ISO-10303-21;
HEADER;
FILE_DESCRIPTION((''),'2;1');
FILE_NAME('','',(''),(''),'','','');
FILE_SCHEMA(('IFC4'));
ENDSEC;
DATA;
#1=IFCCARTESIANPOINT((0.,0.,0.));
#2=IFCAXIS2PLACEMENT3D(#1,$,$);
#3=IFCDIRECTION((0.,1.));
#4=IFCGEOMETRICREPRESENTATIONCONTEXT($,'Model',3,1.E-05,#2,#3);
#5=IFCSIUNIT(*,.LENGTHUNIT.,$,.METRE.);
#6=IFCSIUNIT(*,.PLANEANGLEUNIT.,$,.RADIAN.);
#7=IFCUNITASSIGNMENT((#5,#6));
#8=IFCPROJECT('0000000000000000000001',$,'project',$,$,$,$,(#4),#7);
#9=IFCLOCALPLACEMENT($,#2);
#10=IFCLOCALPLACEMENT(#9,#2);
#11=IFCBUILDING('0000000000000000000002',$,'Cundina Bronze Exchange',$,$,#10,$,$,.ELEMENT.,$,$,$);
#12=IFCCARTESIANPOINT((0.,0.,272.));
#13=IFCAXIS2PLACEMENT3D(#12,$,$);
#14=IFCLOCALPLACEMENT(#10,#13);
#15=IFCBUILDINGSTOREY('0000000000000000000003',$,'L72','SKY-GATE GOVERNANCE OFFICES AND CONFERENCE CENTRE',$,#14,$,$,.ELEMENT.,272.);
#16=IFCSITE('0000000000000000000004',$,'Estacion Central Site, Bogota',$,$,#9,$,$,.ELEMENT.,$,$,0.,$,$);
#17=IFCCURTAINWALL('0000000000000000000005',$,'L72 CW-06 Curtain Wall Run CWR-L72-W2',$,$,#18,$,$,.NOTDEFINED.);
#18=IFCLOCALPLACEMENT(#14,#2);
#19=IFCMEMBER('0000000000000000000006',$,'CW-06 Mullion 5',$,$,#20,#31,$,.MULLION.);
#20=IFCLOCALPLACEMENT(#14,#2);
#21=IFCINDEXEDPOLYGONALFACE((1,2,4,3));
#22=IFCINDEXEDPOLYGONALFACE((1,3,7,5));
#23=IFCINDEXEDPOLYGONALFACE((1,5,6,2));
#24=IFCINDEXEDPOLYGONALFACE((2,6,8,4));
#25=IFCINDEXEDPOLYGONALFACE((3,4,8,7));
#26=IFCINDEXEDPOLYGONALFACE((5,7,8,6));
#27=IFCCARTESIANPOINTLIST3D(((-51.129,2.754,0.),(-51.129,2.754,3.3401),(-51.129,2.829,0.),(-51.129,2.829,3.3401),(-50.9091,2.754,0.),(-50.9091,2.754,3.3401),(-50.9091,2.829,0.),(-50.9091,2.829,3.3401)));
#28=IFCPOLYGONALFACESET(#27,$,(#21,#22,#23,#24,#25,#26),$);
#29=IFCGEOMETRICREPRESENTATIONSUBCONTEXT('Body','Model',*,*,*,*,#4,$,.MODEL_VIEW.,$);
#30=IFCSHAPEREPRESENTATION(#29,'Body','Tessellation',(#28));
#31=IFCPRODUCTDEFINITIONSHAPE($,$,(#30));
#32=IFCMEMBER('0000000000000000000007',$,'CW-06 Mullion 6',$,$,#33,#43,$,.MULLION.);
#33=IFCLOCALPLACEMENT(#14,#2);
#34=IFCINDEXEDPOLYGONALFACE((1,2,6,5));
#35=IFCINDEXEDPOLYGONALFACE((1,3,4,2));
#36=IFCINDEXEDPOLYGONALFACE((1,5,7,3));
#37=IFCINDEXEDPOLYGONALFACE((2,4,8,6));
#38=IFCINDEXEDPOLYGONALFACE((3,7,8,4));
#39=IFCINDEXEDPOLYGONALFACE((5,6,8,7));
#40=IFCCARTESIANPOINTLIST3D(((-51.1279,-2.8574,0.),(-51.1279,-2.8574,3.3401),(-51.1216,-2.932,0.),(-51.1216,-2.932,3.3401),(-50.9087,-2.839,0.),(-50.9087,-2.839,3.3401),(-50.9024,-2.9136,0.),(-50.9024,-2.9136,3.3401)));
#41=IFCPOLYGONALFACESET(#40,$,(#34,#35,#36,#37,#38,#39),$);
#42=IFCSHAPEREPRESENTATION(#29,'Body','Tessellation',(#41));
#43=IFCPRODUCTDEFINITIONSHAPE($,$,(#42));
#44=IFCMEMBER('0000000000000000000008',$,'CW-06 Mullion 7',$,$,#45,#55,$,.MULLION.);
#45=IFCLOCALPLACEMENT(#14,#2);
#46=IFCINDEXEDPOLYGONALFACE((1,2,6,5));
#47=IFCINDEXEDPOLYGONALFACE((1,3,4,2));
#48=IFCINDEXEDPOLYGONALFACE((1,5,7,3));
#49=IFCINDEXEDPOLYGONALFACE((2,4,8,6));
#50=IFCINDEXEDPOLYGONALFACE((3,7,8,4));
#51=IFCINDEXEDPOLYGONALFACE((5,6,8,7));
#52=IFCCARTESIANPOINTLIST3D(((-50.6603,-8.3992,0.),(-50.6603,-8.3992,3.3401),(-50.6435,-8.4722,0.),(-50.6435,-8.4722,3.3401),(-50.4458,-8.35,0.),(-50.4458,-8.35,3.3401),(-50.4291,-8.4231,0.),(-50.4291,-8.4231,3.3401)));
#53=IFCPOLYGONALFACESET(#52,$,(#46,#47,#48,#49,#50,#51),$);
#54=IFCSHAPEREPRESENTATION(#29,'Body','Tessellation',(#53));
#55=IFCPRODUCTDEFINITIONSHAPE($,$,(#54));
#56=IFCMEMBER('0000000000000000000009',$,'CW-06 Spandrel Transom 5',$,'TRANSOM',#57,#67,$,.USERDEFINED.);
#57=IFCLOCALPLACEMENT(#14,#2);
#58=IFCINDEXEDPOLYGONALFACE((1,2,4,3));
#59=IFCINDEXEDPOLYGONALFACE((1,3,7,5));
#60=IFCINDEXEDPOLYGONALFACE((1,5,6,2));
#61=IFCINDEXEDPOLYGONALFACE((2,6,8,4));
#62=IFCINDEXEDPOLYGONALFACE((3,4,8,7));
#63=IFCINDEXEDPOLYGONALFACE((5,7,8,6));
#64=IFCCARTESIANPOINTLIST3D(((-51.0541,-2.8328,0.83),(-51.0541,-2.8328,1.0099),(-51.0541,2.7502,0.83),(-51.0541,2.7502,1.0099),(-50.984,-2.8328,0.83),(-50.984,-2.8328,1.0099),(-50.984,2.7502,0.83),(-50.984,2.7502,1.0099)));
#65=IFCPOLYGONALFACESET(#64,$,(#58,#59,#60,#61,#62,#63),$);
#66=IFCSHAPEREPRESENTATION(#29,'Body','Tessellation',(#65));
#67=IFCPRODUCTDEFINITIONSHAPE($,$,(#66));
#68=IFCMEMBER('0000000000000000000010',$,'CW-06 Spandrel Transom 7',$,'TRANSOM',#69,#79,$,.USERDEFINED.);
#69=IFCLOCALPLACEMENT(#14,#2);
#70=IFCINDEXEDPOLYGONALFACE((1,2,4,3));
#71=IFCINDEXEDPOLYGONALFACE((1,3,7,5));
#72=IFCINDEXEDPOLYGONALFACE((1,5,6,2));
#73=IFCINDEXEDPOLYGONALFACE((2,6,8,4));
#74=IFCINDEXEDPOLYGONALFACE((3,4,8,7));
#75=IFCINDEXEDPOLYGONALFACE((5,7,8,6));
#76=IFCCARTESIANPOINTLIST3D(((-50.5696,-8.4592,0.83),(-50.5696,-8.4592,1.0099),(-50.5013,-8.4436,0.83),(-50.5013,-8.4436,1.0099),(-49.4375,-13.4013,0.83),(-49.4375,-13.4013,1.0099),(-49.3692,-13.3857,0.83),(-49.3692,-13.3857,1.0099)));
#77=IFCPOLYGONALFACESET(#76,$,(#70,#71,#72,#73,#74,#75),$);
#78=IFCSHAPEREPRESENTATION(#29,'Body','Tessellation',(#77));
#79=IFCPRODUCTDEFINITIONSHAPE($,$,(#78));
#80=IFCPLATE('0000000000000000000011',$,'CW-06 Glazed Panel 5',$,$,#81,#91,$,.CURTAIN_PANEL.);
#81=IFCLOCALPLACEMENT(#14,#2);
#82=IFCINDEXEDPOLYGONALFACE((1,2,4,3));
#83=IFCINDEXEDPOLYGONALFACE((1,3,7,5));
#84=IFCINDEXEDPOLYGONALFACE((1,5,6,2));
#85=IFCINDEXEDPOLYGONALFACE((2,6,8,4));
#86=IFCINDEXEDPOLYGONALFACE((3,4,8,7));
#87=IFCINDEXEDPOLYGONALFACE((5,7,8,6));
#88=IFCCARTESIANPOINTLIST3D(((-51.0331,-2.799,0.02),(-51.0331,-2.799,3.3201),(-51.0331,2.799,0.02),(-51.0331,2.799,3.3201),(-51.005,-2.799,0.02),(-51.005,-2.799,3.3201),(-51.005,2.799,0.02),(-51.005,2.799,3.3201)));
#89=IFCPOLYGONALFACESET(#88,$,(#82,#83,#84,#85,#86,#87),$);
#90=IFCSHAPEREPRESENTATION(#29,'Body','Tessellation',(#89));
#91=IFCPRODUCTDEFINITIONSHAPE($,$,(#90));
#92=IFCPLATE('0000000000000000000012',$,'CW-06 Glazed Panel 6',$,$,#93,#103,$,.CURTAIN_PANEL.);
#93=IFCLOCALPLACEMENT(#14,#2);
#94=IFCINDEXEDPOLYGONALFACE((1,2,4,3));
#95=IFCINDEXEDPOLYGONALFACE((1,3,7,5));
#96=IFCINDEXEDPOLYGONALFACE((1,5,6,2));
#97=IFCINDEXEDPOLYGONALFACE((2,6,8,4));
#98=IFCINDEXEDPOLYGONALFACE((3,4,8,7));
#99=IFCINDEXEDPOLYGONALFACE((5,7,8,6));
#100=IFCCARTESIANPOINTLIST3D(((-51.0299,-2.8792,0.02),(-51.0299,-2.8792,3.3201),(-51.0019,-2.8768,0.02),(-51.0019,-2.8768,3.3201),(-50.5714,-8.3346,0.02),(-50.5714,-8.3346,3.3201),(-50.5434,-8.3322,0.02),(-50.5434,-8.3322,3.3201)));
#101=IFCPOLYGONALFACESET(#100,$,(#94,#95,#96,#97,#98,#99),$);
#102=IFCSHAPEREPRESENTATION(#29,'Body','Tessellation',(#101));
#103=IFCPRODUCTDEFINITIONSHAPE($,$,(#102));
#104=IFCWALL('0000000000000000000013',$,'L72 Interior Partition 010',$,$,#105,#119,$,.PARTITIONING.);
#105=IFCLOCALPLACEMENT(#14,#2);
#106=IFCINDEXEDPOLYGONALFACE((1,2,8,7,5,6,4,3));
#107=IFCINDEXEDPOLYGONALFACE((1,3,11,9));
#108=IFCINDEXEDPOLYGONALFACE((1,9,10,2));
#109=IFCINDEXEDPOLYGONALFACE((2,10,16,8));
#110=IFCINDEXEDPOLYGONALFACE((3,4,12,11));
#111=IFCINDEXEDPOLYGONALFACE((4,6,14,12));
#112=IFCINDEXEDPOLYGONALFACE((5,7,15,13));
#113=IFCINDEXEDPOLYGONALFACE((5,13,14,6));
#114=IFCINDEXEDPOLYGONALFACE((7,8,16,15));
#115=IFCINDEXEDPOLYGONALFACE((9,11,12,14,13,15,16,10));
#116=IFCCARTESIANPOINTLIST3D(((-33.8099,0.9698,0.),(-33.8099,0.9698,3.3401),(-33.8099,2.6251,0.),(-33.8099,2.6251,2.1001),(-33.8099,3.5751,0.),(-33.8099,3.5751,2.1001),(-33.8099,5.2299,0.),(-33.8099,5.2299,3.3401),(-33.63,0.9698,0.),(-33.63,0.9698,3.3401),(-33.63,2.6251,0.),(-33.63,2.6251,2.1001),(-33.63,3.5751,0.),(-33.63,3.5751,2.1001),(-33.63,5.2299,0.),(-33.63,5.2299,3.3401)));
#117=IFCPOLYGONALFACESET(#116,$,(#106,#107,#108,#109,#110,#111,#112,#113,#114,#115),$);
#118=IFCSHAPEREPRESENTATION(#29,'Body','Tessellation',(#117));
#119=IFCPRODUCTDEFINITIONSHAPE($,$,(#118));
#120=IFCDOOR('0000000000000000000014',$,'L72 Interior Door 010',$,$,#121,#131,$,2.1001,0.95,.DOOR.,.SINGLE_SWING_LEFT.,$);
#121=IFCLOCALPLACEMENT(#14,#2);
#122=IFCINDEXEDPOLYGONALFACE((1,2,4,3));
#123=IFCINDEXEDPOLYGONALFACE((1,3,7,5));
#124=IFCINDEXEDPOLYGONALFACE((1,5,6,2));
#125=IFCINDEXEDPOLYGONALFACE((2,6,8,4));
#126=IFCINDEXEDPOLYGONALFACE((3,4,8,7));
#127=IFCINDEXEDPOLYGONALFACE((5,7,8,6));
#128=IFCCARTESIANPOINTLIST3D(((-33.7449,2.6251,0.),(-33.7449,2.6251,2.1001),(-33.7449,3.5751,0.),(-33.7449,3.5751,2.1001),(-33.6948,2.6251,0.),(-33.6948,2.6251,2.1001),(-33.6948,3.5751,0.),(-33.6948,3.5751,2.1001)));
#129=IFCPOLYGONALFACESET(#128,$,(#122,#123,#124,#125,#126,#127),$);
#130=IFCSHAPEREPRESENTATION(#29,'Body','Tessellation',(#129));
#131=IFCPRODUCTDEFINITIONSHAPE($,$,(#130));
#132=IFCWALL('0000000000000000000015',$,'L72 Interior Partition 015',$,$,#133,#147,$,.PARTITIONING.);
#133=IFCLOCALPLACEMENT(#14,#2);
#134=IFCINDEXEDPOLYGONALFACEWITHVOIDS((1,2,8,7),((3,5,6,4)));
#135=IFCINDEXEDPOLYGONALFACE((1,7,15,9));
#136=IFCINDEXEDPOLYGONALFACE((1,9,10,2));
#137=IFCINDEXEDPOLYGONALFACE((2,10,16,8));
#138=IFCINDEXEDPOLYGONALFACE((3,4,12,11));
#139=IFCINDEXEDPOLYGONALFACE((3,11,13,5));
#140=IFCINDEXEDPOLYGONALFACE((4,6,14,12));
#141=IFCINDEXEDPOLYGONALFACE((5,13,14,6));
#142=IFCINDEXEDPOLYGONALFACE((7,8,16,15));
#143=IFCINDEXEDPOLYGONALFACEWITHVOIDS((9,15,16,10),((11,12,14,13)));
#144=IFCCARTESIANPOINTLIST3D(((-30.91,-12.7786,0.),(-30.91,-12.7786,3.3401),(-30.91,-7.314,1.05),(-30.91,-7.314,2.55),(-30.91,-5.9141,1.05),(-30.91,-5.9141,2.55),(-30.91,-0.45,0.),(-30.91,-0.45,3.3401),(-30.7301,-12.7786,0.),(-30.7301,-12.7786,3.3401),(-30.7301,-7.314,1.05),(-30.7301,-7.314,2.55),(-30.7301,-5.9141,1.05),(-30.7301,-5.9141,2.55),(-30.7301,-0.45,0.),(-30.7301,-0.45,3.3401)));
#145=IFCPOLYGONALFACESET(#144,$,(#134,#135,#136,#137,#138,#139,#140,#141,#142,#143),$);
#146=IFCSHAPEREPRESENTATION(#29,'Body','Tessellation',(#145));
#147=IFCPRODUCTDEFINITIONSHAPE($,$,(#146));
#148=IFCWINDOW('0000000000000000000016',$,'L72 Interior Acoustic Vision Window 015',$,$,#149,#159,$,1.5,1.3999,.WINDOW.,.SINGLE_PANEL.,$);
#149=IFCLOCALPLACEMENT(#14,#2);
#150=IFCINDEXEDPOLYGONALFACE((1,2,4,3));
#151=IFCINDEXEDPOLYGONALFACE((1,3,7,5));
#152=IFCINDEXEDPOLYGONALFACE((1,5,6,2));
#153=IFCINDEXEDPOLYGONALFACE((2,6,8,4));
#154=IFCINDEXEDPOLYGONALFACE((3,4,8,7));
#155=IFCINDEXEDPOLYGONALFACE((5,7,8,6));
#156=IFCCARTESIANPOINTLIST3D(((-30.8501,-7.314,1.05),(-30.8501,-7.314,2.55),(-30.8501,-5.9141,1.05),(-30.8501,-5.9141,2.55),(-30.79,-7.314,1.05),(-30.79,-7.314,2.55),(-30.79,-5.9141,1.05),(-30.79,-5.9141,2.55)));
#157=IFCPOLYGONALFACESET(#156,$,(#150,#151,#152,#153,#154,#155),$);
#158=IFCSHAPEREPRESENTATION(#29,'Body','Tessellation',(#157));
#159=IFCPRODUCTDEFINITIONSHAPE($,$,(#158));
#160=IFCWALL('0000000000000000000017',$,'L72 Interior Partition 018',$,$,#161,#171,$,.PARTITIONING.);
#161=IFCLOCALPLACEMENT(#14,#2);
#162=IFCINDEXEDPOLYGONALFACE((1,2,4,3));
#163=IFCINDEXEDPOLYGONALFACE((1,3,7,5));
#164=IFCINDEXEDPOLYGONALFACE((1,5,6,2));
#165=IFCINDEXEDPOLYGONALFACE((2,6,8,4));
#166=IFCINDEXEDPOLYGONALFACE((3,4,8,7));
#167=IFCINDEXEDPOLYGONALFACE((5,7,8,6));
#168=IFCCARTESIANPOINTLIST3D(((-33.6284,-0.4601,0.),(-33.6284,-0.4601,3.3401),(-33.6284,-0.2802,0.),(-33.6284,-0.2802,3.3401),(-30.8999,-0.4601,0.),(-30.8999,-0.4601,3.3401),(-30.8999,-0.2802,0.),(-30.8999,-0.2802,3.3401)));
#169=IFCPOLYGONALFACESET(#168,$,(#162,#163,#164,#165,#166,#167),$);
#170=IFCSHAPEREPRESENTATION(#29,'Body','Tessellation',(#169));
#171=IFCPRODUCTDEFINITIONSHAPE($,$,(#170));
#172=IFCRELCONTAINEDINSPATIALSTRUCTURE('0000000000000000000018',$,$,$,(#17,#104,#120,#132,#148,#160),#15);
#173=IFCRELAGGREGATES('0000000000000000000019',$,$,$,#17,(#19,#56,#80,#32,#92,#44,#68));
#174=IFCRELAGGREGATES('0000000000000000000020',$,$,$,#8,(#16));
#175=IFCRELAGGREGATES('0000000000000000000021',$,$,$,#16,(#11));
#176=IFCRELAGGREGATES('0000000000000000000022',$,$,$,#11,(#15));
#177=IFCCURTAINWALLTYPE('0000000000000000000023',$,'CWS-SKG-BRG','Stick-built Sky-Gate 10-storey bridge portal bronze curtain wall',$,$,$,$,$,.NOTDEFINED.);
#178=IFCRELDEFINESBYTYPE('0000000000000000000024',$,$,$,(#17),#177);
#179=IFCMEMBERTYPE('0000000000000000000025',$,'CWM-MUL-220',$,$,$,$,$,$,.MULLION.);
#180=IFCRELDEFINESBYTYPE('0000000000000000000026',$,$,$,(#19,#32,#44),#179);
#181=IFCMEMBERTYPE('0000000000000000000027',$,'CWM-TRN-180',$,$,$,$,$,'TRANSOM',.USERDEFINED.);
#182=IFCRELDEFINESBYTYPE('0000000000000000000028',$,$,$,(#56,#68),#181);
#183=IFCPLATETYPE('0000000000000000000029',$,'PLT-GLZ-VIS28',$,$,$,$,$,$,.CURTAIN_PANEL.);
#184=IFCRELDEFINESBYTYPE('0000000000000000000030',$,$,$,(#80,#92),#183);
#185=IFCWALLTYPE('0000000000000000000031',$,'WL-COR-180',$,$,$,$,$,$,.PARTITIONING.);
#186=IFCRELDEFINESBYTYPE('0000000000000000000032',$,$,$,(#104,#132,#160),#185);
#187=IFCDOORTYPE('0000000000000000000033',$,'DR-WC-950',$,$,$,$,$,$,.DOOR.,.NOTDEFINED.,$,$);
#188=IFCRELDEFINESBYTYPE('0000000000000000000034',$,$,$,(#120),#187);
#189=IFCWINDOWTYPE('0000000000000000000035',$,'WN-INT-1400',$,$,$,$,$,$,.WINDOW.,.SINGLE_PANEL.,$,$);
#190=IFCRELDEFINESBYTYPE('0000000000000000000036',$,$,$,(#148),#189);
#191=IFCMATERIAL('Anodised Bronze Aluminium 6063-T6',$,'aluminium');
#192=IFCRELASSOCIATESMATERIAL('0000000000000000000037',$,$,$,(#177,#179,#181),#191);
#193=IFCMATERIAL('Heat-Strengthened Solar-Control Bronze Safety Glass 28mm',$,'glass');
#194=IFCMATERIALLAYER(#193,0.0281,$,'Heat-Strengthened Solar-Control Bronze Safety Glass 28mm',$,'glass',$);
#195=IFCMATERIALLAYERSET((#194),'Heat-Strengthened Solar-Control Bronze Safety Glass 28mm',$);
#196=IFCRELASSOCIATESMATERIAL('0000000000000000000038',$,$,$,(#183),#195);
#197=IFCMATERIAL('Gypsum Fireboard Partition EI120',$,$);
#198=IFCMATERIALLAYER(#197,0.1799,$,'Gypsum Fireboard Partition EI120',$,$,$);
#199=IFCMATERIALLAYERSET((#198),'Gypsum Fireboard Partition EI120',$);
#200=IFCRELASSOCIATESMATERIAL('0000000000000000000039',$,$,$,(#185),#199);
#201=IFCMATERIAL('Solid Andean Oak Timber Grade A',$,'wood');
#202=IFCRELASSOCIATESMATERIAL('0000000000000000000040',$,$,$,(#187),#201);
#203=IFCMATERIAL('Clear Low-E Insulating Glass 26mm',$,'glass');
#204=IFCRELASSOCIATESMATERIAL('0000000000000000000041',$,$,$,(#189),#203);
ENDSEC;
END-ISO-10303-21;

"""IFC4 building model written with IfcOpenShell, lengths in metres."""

from ifc_helpers import new_model, si_unit, direction, frame, frame_2d, origin, origin_2d, place, context, subcontext, project, spatial, rectangle, extrude, material, layer, layer_set, material_profile, profile_set, type_object, element, fill, aggregate, save


model = new_model("IFC4")

# Units and contexts
model_context = context("Model", 3, precision=1e-05, world=origin(), true_north=direction((0.0, 1.0)))
body_context = subcontext(model_context, "Body", "Model", "MODEL_VIEW")
ifc_project = project(units=[si_unit("LENGTHUNIT", "METRE"), si_unit("PLANEANGLEUNIT", "RADIAN")], contexts=[model_context])

# Site, building, storey
site_placement = place(None, origin())
site = spatial("IfcSite", under=ifc_project, at=site_placement, Name="Estacion Central Site, Bogota", CompositionType="ELEMENT", RefElevation=0.0)
building_placement = place(site_placement, origin())
building = spatial("IfcBuilding", under=site, at=building_placement, Name="Cundina Bronze Exchange", CompositionType="ELEMENT")
storey_placement = place(building_placement, frame((0.0, 0.0, 272.0)))
storey = spatial("IfcBuildingStorey", under=building, at=storey_placement, Name="L72", Description="SKY-GATE GOVERNANCE OFFICES AND CONFERENCE CENTRE", CompositionType="ELEMENT", Elevation=272.0)

# Curtain wall, members, plates
ifc_material_1 = material(Name="Anodised Bronze Aluminium 6063-T6", Category="aluminium")
curtain_wall_type = type_object("IfcCurtainWallType", Name="CWS-SKG-BRG", Description="Stick-built Sky-Gate 10-storey bridge portal bronze curtain wall", PredefinedType="NOTDEFINED", material=ifc_material_1)
curtain_wall_placement = place(storey_placement, origin())
curtain_wall = element("IfcCurtainWall", 1, at=curtain_wall_placement, inside=storey, type_object=curtain_wall_type, Name="L72 CW-06 Curtain Wall Run CWR-L72-W2", PredefinedType="NOTDEFINED")
ifc_material_profile_1 = material_profile(ifc_material_1, rectangle(XDim=0.075, YDim=0.22, at=origin_2d()), Name="AL75X220", Category="aluminium")
ifc_profile_set_1 = profile_set([ifc_material_profile_1], Name="Anodised Bronze Aluminium 6063-T6")
member_type_1 = type_object("IfcMemberType", Name="CWM-MUL-220", PredefinedType="MULLION", material=ifc_profile_set_1)
member_1_placement = place(storey_placement, frame((-51.019, 2.7915, 0.0), z_axis=(0.0, 0.0, 1.0), x_axis=(0.0, -1.0, 0.0)))
member_1 = element("IfcMember", 2, at=member_1_placement, type_object=member_type_1, Name="CW-06 Mullion 5", PredefinedType="MULLION", context=body_context, shape_type="SweptSolid", body=[
    extrude(rectangle(XDim=0.075, YDim=0.22, at=origin_2d()), origin(), (0.0, 0.0, 1.0), 3.3401),
])
member_2_placement = place(storey_placement, frame((-51.0151, -2.8855, 0.0), z_axis=(0.0, 0.0, 1.0), x_axis=(0.083678, -0.996493, 0.0)))
member_2 = element("IfcMember", 3, at=member_2_placement, type_object=member_type_1, Name="CW-06 Mullion 6", PredefinedType="MULLION", context=body_context, shape_type="SweptSolid", body=[
    extrude(rectangle(XDim=0.075, YDim=0.22, at=origin_2d()), origin(), (0.0, 0.0, 1.0), 3.3401),
])
member_3_placement = place(storey_placement, frame((-50.5447, -8.4111, 0.0), z_axis=(0.0, 0.0, 1.0), x_axis=(0.22325, -0.974761, 0.0)))
member_3 = element("IfcMember", 4, at=member_3_placement, type_object=member_type_1, Name="CW-06 Mullion 7", PredefinedType="MULLION", context=body_context, shape_type="SweptSolid", body=[
    extrude(rectangle(XDim=0.075, YDim=0.22, at=origin_2d()), origin(), (0.0, 0.0, 1.0), 3.3401),
])
ifc_material_profile_2 = material_profile(ifc_material_1, rectangle(XDim=0.0701, YDim=0.1799, at=origin_2d()), Name="AL70X180", Category="aluminium")
ifc_profile_set_2 = profile_set([ifc_material_profile_2], Name="Anodised Bronze Aluminium 6063-T6")
member_type_2 = type_object("IfcMemberType", Name="CWM-TRN-180", ElementType="TRANSOM", PredefinedType="USERDEFINED", material=ifc_profile_set_2)
member_4_placement = place(storey_placement, frame((-51.019, 2.7502, 0.9199), z_axis=(0.0, -1.0, 0.0), x_axis=(1.0, 0.0, 0.0)))
member_4 = element("IfcMember", 5, at=member_4_placement, type_object=member_type_2, Name="CW-06 Spandrel Transom 5", ObjectType="TRANSOM", PredefinedType="USERDEFINED", context=body_context, shape_type="SweptSolid", body=[
    extrude(rectangle(XDim=0.0701, YDim=0.1799, at=origin_2d()), origin(), (0.0, 0.0, 1.0), 5.583),
])
member_5_placement = place(storey_placement, frame((-50.5354, -8.4514, 0.9199), z_axis=(0.223284, -0.974754, 0.0), x_axis=(0.974754, 0.223284, 0.0)))
member_5 = element("IfcMember", 6, at=member_5_placement, type_object=member_type_2, Name="CW-06 Spandrel Transom 7", ObjectType="TRANSOM", PredefinedType="USERDEFINED", context=body_context, shape_type="SweptSolid", body=[
    extrude(rectangle(XDim=0.0701, YDim=0.1799, at=origin_2d()), origin(), (0.0, 0.0, 1.0), 5.0701),
])
ifc_material_2 = material(Name="Heat-Strengthened Solar-Control Bronze Safety Glass 28mm", Category="glass")
ifc_layer_1 = layer(ifc_material_2, 0.0281, Name="Heat-Strengthened Solar-Control Bronze Safety Glass 28mm", Category="glass")
ifc_layer_set_1 = layer_set([ifc_layer_1], Name="Heat-Strengthened Solar-Control Bronze Safety Glass 28mm")
plate_type = type_object("IfcPlateType", Name="PLT-GLZ-VIS28", PredefinedType="CURTAIN_PANEL", material=ifc_layer_set_1)
plate_1_placement = place(storey_placement, frame((-51.019, 0.0, 0.02), z_axis=(0.0, 0.0, 1.0), x_axis=(0.0, -1.0, 0.0)))
plate_1 = element("IfcPlate", 7, at=plate_1_placement, type_object=plate_type, Name="CW-06 Glazed Panel 5", PredefinedType="CURTAIN_PANEL", context=body_context, shape_type="SweptSolid", body=[
    extrude(rectangle(XDim=5.5979, YDim=0.0281, at=origin_2d()), origin(), (0.0, 0.0, 1.0), 3.3),
])
plate_2_placement = place(storey_placement, frame((-50.7866, -5.6057, 0.02), z_axis=(0.0, 0.0, 1.0), x_axis=(0.083747, -0.996487, 0.0)))
plate_2 = element("IfcPlate", 8, at=plate_2_placement, type_object=plate_type, Name="CW-06 Glazed Panel 6", PredefinedType="CURTAIN_PANEL", context=body_context, shape_type="SweptSolid", body=[
    extrude(rectangle(XDim=5.4746, YDim=0.0281, at=origin_2d()), origin(), (0.0, 0.0, 1.0), 3.3),
])
aggregate(curtain_wall, [member_1, member_4, plate_1, member_2, plate_2, member_3, member_5])

# Wall, opening, door
ifc_material_3 = material(Name="Gypsum Fireboard Partition EI120")
ifc_layer_2 = layer(ifc_material_3, 0.1799, Name="Gypsum Fireboard Partition EI120")
ifc_layer_set_2 = layer_set([ifc_layer_2], Name="Gypsum Fireboard Partition EI120")
wall_type_1 = type_object("IfcWallType", Name="WL-COR-180", PredefinedType="PARTITIONING", material=ifc_layer_set_2)
wall_1_placement = place(storey_placement, frame((-33.72, 0.97, 0.0), z_axis=(0.0, 0.0, 1.0), x_axis=(0.0, 1.0, 0.0)))
wall_1 = element("IfcWall", 9, at=wall_1_placement, inside=storey, type_object=wall_type_1, Name="L72 Interior Partition 010", PredefinedType="PARTITIONING", context=body_context, shape_type="SweptSolid", body=[
    extrude(rectangle(XDim=4.26, YDim=0.1799, at=frame_2d((2.1299, 0.0))), origin(), (0.0, 0.0, 1.0), 3.3401),
])
opening_1_placement = place(wall_1_placement, frame((1.655, 0.0, 0.0)))
opening_1 = element("IfcOpeningElement", 10, at=opening_1_placement, cuts=wall_1, PredefinedType="OPENING", context=body_context, shape_type="SweptSolid", body=[
    extrude(rectangle(XDim=0.95, YDim=2.1001, at=frame_2d((0.4751, 1.05))), frame((0.0, 0.0999, 0.0), z_axis=(0.0, -1.0, 0.0), x_axis=(1.0, 0.0, 0.0)), (0.0, 0.0, 1.0), 0.2),
])
ifc_material_4 = material(Name="Solid Andean Oak Timber Grade A", Category="wood")
door_type_1 = type_object("IfcDoorType", Name="DR-WC-950", OperationType="NOTDEFINED", PredefinedType="DOOR", material=ifc_material_4)
door_1_placement = place(opening_1_placement, origin())
door_1 = element("IfcDoor", 11, at=door_1_placement, inside=storey, type_object=door_type_1, Name="L72 Interior Door 010", OperationType="SINGLE_SWING_LEFT", OverallHeight=2.1001, OverallWidth=0.95, PredefinedType="DOOR", context=body_context, shape_type="SweptSolid", body=[
    extrude(rectangle(XDim=0.95, YDim=2.1001, at=frame_2d((0.4751, 1.05))), frame((0.0, 0.0249, 0.0), z_axis=(0.0, -1.0, 0.0), x_axis=(1.0, 0.0, 0.0)), (0.0, 0.0, 1.0), 0.05),
])
fill(opening_1, door_1)

# Wall, opening, window
wall_2_placement = place(storey_placement, frame((-30.8201, -0.45, 0.0), z_axis=(0.0, 0.0, 1.0), x_axis=(0.0, -1.0, 0.0)))
wall_2 = element("IfcWall", 12, at=wall_2_placement, inside=storey, type_object=wall_type_1, Name="L72 Interior Partition 015", PredefinedType="PARTITIONING", context=body_context, shape_type="SweptSolid", body=[
    extrude(rectangle(XDim=12.3286, YDim=0.1799, at=frame_2d((6.1643, 0.0))), origin(), (0.0, 0.0, 1.0), 3.3401),
])
opening_2_placement = place(wall_2_placement, frame((5.4641, 0.0, 1.05)))
opening_2 = element("IfcOpeningElement", 13, at=opening_2_placement, cuts=wall_2, PredefinedType="OPENING", context=body_context, shape_type="SweptSolid", body=[
    extrude(rectangle(XDim=1.3999, YDim=1.5, at=frame_2d((0.7, 0.75))), frame((0.0, 0.0999, 0.0), z_axis=(0.0, -1.0, 0.0), x_axis=(1.0, 0.0, 0.0)), (0.0, 0.0, 1.0), 0.2),
])
ifc_material_5 = material(Name="Clear Low-E Insulating Glass 26mm", Category="glass")
window_type = type_object("IfcWindowType", Name="WN-INT-1400", PartitioningType="SINGLE_PANEL", PredefinedType="WINDOW", material=ifc_material_5)
window_1_placement = place(opening_2_placement, origin())
window_1 = element("IfcWindow", 14, at=window_1_placement, inside=storey, type_object=window_type, Name="L72 Interior Acoustic Vision Window 015", OverallHeight=1.5, OverallWidth=1.3999, PartitioningType="SINGLE_PANEL", PredefinedType="WINDOW", context=body_context, shape_type="SweptSolid", body=[
    extrude(rectangle(XDim=1.3999, YDim=1.5, at=frame_2d((0.7, 0.75))), frame((0.0, 0.03, 0.0), z_axis=(0.0, -1.0, 0.0), x_axis=(1.0, 0.0, 0.0)), (0.0, 0.0, 1.0), 0.0601),
])
fill(opening_2, window_1)

# Wall
wall_3_placement = place(storey_placement, frame((-33.6284, -0.3701, 0.0), z_axis=(0.0, 0.0, 1.0), x_axis=(1.0, 0.0, 0.0)))
element("IfcWall", 15, at=wall_3_placement, inside=storey, type_object=wall_type_1, Name="L72 Interior Partition 018", PredefinedType="PARTITIONING", context=body_context, shape_type="SweptSolid", body=[
    extrude(rectangle(XDim=2.7285, YDim=0.1799, at=frame_2d((1.3643, 0.0))), origin(), (0.0, 0.0, 1.0), 3.3401),
])

save(model, "model.ifc")
